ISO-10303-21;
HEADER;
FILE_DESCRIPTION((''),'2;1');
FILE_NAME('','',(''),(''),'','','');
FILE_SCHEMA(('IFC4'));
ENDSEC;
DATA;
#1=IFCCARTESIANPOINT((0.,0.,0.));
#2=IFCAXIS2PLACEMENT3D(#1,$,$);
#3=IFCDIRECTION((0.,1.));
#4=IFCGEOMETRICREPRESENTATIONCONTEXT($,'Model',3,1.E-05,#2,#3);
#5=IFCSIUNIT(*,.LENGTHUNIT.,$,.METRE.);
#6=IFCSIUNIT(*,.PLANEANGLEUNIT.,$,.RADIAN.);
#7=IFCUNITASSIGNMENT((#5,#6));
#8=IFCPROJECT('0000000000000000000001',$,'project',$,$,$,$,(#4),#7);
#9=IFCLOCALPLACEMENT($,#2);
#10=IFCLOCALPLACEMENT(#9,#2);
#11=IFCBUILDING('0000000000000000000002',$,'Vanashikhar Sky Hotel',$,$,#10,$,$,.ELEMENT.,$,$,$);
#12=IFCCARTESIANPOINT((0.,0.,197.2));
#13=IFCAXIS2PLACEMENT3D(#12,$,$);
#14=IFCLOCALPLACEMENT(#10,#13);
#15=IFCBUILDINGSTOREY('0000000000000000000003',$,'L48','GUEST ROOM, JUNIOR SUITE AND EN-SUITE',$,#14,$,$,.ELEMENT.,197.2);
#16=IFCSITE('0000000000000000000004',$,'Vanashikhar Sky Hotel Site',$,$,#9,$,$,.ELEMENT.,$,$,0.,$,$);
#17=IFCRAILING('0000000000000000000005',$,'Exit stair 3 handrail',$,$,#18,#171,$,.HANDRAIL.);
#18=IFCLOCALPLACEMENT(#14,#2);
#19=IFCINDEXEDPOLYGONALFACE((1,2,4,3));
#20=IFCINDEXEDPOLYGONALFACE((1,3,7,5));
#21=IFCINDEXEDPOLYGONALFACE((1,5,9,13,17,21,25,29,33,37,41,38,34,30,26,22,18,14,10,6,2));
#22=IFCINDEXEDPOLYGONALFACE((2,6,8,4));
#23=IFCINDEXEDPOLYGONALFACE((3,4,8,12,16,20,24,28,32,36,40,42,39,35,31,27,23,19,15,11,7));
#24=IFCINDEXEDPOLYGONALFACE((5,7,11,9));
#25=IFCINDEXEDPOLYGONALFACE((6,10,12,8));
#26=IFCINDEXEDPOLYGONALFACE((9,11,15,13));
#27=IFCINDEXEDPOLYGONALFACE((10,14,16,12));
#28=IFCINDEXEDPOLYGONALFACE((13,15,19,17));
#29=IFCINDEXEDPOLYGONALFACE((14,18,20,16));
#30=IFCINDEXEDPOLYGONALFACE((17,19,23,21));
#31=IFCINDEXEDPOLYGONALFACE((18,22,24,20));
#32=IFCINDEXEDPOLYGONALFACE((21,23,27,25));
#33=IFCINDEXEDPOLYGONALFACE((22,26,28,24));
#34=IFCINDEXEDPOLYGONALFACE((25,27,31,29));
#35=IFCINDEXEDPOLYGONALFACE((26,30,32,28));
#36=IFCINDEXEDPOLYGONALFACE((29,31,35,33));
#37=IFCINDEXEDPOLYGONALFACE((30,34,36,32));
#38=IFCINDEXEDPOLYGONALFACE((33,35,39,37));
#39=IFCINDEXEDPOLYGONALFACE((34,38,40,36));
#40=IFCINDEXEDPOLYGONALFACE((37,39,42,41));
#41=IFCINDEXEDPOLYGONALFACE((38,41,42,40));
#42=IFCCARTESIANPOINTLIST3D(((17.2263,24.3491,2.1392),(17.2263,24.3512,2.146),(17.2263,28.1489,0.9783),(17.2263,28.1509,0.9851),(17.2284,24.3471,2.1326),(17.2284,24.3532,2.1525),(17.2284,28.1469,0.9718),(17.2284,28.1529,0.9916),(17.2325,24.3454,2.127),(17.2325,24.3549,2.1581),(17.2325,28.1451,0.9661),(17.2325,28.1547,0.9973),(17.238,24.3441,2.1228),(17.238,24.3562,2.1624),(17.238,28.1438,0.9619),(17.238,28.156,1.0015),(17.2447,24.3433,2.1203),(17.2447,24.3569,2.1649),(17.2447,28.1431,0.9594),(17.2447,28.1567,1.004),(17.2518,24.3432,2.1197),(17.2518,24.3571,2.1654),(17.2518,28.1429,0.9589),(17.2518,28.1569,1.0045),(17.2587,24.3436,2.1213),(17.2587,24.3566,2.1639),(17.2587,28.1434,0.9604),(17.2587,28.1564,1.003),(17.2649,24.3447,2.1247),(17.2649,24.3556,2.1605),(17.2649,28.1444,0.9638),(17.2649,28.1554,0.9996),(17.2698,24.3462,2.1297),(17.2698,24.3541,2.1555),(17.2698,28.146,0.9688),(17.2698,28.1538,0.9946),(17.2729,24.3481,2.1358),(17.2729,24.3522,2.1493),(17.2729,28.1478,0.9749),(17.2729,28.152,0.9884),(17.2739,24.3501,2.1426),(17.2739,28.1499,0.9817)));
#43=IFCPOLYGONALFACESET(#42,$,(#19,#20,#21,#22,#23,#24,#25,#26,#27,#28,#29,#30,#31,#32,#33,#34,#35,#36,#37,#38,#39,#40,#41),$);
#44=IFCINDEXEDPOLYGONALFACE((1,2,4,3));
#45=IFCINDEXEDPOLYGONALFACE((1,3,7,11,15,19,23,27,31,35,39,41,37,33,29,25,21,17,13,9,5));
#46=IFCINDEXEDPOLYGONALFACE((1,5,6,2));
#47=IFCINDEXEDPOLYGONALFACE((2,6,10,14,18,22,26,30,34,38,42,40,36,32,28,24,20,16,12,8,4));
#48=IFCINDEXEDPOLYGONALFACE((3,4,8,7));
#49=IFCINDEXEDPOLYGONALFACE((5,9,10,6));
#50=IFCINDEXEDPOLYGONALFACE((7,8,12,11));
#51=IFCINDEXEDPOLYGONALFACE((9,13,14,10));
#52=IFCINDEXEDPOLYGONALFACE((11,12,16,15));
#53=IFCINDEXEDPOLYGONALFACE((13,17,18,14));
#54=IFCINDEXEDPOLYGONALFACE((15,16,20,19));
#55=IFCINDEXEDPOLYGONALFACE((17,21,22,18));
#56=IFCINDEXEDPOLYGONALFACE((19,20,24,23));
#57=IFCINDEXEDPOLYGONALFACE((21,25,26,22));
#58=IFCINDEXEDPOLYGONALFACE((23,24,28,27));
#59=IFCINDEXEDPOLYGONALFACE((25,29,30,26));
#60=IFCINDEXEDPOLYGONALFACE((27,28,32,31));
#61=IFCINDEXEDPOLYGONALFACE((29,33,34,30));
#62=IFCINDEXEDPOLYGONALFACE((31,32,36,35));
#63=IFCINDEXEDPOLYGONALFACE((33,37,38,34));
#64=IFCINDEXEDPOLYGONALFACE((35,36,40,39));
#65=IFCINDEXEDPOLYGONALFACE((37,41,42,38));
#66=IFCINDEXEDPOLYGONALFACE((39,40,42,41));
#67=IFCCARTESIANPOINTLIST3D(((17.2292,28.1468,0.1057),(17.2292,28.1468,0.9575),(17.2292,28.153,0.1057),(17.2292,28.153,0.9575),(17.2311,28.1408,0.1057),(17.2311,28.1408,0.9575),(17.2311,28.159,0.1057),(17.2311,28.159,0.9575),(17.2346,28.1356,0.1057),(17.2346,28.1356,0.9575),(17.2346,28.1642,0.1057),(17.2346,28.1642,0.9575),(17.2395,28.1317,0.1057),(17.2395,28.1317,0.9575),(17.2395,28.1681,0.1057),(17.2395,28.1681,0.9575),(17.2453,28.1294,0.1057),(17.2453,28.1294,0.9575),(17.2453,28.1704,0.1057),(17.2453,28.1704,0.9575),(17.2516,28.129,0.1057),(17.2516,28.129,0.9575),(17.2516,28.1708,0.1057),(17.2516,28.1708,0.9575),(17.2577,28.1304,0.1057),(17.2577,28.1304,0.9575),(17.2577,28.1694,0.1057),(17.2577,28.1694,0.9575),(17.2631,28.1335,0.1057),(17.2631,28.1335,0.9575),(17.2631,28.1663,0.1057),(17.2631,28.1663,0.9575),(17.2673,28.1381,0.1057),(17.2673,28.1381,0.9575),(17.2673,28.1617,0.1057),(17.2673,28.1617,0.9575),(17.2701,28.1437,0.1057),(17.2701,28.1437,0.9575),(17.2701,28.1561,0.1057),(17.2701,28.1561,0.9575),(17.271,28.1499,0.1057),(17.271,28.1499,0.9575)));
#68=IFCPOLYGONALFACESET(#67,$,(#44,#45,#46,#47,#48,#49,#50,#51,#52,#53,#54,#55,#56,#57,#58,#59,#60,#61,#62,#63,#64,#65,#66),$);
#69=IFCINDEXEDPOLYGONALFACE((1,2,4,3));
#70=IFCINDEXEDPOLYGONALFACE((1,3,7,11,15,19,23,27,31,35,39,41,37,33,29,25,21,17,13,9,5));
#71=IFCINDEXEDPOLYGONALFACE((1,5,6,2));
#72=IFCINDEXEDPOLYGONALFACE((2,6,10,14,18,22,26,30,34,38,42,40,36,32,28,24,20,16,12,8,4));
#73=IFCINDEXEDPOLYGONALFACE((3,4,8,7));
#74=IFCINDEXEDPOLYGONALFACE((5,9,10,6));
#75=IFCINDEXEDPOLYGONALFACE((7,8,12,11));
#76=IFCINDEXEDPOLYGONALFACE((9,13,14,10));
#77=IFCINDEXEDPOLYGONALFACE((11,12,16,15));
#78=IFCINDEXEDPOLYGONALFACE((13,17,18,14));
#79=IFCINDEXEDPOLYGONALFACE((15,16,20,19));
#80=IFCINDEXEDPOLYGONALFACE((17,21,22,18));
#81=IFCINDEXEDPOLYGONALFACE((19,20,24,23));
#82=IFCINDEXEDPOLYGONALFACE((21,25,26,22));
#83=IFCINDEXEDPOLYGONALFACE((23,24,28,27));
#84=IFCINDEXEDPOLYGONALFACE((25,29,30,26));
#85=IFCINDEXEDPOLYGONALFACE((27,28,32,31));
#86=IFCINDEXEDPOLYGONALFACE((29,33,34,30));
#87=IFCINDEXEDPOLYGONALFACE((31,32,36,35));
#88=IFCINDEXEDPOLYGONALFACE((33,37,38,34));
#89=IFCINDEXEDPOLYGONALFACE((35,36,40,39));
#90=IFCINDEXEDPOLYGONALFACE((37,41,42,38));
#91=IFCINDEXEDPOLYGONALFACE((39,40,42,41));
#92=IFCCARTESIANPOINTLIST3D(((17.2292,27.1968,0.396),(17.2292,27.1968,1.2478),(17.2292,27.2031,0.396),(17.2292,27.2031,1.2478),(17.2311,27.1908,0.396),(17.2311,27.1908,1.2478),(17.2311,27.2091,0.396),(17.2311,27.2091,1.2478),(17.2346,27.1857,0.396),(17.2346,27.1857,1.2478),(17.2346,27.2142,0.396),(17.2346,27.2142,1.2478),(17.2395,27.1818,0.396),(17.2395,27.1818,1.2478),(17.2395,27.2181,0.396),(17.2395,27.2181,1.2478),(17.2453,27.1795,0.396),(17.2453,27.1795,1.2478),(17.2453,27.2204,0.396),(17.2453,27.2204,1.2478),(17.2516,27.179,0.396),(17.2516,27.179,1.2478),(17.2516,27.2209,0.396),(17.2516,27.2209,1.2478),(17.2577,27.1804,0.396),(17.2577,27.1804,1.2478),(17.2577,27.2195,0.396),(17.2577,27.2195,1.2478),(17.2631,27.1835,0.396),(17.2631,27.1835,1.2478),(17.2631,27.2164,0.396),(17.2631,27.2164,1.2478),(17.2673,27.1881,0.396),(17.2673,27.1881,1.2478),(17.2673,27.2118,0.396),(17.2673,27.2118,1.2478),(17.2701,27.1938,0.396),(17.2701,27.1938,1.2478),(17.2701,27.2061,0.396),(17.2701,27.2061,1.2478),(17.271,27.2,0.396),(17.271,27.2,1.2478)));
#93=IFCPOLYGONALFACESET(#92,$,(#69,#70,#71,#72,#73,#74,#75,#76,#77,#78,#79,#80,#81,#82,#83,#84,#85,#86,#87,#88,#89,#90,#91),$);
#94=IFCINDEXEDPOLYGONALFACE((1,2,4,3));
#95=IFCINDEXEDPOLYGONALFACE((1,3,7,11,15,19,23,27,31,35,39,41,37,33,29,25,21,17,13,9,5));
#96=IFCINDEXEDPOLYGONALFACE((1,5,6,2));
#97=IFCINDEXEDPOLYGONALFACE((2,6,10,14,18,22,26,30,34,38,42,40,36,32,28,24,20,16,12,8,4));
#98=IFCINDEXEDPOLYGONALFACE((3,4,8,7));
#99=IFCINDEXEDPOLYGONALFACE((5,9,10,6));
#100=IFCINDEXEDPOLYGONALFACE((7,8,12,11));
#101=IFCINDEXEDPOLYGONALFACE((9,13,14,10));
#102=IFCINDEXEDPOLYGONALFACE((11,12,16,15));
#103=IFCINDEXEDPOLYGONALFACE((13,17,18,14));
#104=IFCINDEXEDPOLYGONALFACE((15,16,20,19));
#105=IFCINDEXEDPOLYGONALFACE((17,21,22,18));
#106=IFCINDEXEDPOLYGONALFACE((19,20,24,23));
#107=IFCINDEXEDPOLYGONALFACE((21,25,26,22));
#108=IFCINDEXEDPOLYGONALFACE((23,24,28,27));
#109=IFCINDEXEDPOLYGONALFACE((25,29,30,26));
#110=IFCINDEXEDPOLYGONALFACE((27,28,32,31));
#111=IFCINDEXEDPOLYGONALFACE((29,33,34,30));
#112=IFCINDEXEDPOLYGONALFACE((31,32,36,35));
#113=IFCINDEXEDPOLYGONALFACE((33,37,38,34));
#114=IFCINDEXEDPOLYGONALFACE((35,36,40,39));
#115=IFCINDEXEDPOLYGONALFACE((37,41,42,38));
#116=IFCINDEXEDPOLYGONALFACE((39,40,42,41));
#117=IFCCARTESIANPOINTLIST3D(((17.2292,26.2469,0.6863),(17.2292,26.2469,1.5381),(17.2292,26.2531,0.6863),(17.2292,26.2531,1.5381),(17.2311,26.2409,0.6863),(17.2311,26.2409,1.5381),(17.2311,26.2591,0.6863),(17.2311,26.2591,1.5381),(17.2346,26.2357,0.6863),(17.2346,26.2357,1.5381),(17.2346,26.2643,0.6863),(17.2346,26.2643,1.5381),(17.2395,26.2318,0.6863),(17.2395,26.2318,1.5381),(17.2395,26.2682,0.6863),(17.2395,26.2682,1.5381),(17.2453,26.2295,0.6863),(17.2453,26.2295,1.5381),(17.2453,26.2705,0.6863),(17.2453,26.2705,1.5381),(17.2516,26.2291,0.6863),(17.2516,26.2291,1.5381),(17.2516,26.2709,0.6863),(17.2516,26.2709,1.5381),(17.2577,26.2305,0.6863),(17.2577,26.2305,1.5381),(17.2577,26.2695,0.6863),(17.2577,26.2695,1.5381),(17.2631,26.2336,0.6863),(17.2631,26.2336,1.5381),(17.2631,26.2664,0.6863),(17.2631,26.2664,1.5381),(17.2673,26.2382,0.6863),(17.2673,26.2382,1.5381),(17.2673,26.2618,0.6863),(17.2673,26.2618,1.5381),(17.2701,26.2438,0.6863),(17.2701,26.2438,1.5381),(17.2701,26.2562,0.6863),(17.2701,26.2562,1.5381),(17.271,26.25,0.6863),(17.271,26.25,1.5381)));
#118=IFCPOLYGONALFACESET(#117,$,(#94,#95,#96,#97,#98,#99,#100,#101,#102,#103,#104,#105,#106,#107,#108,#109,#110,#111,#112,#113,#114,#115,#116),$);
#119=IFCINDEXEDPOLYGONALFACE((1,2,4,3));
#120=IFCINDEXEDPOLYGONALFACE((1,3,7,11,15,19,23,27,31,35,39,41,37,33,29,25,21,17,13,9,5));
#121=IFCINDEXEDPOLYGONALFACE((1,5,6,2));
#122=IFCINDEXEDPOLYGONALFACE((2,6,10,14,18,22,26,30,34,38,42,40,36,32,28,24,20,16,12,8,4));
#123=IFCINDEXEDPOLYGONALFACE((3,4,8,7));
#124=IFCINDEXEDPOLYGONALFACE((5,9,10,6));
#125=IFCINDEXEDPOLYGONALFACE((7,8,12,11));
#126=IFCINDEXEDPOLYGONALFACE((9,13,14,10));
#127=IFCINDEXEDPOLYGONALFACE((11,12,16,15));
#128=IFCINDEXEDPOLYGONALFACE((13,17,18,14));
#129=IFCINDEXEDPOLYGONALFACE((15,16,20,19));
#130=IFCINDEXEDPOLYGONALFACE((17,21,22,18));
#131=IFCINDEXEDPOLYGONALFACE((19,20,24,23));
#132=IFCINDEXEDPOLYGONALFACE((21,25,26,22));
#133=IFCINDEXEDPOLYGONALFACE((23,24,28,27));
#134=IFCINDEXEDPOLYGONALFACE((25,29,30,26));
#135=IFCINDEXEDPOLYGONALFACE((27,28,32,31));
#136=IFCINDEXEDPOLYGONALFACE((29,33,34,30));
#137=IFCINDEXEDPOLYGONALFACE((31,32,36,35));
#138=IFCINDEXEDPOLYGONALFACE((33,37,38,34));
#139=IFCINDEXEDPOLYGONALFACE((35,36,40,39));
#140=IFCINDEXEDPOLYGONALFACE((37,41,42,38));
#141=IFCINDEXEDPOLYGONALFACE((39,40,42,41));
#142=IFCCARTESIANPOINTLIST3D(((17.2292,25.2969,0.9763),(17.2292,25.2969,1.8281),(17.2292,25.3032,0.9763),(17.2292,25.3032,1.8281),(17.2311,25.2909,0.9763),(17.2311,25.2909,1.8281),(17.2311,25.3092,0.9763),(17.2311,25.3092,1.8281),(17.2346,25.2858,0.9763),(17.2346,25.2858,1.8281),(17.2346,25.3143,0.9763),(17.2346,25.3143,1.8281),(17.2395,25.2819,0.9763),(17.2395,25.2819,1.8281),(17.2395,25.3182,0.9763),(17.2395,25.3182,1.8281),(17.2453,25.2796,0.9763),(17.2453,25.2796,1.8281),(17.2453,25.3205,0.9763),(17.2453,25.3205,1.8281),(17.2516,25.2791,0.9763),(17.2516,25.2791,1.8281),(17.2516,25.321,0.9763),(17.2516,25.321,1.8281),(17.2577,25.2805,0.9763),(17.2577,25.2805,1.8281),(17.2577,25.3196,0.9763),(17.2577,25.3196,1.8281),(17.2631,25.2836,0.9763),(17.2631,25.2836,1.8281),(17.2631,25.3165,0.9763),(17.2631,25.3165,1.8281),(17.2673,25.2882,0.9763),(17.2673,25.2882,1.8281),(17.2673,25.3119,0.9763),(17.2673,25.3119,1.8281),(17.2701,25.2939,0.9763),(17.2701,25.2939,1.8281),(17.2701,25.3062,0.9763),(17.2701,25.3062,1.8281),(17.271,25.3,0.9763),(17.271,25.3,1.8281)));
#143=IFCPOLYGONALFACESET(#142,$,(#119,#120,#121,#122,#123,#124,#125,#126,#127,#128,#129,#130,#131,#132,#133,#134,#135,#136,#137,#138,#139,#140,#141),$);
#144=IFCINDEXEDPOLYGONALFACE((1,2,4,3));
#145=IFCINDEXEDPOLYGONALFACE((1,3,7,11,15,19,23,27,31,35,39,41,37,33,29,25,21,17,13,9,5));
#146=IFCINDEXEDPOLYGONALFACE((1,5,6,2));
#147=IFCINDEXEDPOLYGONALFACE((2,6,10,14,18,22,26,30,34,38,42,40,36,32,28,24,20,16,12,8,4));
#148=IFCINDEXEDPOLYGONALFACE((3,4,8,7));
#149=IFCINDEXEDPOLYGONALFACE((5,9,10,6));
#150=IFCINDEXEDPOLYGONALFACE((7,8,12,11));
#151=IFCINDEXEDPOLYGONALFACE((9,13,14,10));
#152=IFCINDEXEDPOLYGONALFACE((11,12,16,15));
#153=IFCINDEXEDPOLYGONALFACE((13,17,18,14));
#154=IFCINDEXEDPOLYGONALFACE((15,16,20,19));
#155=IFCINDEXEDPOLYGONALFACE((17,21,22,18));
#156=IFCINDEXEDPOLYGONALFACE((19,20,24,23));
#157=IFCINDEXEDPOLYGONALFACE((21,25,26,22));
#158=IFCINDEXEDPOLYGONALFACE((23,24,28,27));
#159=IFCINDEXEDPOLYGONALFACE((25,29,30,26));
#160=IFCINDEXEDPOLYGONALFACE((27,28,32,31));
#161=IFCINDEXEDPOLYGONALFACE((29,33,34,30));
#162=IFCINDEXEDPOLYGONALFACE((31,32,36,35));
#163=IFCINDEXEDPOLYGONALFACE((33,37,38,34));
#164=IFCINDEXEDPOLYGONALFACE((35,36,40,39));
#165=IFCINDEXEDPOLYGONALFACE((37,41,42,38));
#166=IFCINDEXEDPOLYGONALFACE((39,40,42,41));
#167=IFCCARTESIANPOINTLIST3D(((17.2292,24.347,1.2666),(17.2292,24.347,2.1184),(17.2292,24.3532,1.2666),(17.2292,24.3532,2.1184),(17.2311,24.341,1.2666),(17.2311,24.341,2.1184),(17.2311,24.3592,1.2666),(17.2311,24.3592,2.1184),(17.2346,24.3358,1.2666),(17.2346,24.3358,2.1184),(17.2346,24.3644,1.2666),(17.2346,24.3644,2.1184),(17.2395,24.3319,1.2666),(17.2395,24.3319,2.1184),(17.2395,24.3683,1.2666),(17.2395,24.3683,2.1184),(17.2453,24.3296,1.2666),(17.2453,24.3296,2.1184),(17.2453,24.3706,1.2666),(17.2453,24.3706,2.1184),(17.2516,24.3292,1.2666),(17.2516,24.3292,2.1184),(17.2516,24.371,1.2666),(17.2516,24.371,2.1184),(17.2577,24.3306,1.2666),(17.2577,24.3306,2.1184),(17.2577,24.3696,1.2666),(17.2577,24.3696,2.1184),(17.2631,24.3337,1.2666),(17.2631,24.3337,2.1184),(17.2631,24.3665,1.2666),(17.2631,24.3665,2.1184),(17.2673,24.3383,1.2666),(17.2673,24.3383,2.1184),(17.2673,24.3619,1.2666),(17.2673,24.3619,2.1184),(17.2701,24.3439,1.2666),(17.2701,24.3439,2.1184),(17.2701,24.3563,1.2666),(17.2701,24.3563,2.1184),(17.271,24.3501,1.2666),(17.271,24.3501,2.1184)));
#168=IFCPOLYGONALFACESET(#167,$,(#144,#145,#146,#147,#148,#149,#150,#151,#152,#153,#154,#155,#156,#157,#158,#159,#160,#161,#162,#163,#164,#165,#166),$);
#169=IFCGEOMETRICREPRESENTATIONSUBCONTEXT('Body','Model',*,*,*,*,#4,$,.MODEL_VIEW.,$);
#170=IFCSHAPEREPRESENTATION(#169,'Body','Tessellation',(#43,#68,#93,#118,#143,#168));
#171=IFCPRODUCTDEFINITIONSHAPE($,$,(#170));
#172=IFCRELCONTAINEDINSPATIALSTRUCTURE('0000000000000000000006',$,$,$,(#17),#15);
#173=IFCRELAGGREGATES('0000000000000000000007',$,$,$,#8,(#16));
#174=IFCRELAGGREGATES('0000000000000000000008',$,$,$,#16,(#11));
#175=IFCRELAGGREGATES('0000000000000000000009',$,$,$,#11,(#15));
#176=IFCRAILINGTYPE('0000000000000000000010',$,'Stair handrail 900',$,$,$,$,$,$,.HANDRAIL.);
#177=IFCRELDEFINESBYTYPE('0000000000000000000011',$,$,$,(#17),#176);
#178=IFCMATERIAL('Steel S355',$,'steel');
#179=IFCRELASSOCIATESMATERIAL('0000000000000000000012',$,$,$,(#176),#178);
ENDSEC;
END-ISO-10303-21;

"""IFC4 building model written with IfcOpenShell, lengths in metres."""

from ifc_helpers import new_model, si_unit, direction, frame, origin, origin_2d, place, context, subcontext, project, spatial, circle, extrude, source, transform, mapped, material, type_object, element, save


model = new_model("IFC4")

# Units and contexts
model_context = context("Model", 3, precision=1e-05, world=origin(), true_north=direction((0.0, 1.0)))
body_context = subcontext(model_context, "Body", "Model", "MODEL_VIEW")
ifc_project = project(units=[si_unit("LENGTHUNIT", "METRE"), si_unit("PLANEANGLEUNIT", "RADIAN")], contexts=[model_context])

# Site, building, storey
site_placement = place(None, origin())
site = spatial("IfcSite", under=ifc_project, at=site_placement, Name="Vanashikhar Sky Hotel Site", CompositionType="ELEMENT", RefElevation=0.0)
building_placement = place(site_placement, origin())
building = spatial("IfcBuilding", under=site, at=building_placement, Name="Vanashikhar Sky Hotel", CompositionType="ELEMENT")
storey_placement = place(building_placement, frame((0.0, 0.0, 197.2)))
storey = spatial("IfcBuildingStorey", under=building, at=storey_placement, Name="L48", Description="GUEST ROOM, JUNIOR SUITE AND EN-SUITE", CompositionType="ELEMENT", Elevation=197.2)

# Railing
ifc_material_1 = material(Name="Steel S355", Category="steel")
railing_type_1 = type_object("IfcRailingType", Name="Stair handrail 900", PredefinedType="HANDRAIL", material=ifc_material_1)
shared_shape_1 = source(origin(), body_context, "Body", "SweptSolid", [
    extrude(circle(Radius=0.0239, at=origin_2d()), frame((0.0, 0.0, 0.876), z_axis=(0.0, -0.956363, 0.292181), x_axis=(1.0, 0.0, 0.0)), (0.0, 0.0, 1.0), 3.9731),
    extrude(circle(Radius=0.021, at=origin_2d()), origin(), (0.0, 0.0, 1.0), 0.8518),
    extrude(circle(Radius=0.021, at=origin_2d()), frame((0.0, -0.95, 0.2903)), (0.0, 0.0, 1.0), 0.8518),
    extrude(circle(Radius=0.021, at=origin_2d()), frame((0.0, -1.8999, 0.5806)), (0.0, 0.0, 1.0), 0.8518),
    extrude(circle(Radius=0.021, at=origin_2d()), frame((0.0, -2.8499, 0.8706)), (0.0, 0.0, 1.0), 0.8518),
    extrude(circle(Radius=0.021, at=origin_2d()), frame((0.0, -3.7998, 1.1609)), (0.0, 0.0, 1.0), 0.8518),
])
railing_1_placement = place(storey_placement, frame((17.25, 28.1499, 0.1057)))
element("IfcRailing", 1, at=railing_1_placement, inside=storey, type_object=railing_type_1, Name="Exit stair 3 handrail", PredefinedType="HANDRAIL", context=body_context, shape_type="MappedRepresentation", body=[
    mapped(shared_shape_1, transform((0.0, 0.0, 0.0), scale=1.0)),
])

save(model, "model.ifc")
